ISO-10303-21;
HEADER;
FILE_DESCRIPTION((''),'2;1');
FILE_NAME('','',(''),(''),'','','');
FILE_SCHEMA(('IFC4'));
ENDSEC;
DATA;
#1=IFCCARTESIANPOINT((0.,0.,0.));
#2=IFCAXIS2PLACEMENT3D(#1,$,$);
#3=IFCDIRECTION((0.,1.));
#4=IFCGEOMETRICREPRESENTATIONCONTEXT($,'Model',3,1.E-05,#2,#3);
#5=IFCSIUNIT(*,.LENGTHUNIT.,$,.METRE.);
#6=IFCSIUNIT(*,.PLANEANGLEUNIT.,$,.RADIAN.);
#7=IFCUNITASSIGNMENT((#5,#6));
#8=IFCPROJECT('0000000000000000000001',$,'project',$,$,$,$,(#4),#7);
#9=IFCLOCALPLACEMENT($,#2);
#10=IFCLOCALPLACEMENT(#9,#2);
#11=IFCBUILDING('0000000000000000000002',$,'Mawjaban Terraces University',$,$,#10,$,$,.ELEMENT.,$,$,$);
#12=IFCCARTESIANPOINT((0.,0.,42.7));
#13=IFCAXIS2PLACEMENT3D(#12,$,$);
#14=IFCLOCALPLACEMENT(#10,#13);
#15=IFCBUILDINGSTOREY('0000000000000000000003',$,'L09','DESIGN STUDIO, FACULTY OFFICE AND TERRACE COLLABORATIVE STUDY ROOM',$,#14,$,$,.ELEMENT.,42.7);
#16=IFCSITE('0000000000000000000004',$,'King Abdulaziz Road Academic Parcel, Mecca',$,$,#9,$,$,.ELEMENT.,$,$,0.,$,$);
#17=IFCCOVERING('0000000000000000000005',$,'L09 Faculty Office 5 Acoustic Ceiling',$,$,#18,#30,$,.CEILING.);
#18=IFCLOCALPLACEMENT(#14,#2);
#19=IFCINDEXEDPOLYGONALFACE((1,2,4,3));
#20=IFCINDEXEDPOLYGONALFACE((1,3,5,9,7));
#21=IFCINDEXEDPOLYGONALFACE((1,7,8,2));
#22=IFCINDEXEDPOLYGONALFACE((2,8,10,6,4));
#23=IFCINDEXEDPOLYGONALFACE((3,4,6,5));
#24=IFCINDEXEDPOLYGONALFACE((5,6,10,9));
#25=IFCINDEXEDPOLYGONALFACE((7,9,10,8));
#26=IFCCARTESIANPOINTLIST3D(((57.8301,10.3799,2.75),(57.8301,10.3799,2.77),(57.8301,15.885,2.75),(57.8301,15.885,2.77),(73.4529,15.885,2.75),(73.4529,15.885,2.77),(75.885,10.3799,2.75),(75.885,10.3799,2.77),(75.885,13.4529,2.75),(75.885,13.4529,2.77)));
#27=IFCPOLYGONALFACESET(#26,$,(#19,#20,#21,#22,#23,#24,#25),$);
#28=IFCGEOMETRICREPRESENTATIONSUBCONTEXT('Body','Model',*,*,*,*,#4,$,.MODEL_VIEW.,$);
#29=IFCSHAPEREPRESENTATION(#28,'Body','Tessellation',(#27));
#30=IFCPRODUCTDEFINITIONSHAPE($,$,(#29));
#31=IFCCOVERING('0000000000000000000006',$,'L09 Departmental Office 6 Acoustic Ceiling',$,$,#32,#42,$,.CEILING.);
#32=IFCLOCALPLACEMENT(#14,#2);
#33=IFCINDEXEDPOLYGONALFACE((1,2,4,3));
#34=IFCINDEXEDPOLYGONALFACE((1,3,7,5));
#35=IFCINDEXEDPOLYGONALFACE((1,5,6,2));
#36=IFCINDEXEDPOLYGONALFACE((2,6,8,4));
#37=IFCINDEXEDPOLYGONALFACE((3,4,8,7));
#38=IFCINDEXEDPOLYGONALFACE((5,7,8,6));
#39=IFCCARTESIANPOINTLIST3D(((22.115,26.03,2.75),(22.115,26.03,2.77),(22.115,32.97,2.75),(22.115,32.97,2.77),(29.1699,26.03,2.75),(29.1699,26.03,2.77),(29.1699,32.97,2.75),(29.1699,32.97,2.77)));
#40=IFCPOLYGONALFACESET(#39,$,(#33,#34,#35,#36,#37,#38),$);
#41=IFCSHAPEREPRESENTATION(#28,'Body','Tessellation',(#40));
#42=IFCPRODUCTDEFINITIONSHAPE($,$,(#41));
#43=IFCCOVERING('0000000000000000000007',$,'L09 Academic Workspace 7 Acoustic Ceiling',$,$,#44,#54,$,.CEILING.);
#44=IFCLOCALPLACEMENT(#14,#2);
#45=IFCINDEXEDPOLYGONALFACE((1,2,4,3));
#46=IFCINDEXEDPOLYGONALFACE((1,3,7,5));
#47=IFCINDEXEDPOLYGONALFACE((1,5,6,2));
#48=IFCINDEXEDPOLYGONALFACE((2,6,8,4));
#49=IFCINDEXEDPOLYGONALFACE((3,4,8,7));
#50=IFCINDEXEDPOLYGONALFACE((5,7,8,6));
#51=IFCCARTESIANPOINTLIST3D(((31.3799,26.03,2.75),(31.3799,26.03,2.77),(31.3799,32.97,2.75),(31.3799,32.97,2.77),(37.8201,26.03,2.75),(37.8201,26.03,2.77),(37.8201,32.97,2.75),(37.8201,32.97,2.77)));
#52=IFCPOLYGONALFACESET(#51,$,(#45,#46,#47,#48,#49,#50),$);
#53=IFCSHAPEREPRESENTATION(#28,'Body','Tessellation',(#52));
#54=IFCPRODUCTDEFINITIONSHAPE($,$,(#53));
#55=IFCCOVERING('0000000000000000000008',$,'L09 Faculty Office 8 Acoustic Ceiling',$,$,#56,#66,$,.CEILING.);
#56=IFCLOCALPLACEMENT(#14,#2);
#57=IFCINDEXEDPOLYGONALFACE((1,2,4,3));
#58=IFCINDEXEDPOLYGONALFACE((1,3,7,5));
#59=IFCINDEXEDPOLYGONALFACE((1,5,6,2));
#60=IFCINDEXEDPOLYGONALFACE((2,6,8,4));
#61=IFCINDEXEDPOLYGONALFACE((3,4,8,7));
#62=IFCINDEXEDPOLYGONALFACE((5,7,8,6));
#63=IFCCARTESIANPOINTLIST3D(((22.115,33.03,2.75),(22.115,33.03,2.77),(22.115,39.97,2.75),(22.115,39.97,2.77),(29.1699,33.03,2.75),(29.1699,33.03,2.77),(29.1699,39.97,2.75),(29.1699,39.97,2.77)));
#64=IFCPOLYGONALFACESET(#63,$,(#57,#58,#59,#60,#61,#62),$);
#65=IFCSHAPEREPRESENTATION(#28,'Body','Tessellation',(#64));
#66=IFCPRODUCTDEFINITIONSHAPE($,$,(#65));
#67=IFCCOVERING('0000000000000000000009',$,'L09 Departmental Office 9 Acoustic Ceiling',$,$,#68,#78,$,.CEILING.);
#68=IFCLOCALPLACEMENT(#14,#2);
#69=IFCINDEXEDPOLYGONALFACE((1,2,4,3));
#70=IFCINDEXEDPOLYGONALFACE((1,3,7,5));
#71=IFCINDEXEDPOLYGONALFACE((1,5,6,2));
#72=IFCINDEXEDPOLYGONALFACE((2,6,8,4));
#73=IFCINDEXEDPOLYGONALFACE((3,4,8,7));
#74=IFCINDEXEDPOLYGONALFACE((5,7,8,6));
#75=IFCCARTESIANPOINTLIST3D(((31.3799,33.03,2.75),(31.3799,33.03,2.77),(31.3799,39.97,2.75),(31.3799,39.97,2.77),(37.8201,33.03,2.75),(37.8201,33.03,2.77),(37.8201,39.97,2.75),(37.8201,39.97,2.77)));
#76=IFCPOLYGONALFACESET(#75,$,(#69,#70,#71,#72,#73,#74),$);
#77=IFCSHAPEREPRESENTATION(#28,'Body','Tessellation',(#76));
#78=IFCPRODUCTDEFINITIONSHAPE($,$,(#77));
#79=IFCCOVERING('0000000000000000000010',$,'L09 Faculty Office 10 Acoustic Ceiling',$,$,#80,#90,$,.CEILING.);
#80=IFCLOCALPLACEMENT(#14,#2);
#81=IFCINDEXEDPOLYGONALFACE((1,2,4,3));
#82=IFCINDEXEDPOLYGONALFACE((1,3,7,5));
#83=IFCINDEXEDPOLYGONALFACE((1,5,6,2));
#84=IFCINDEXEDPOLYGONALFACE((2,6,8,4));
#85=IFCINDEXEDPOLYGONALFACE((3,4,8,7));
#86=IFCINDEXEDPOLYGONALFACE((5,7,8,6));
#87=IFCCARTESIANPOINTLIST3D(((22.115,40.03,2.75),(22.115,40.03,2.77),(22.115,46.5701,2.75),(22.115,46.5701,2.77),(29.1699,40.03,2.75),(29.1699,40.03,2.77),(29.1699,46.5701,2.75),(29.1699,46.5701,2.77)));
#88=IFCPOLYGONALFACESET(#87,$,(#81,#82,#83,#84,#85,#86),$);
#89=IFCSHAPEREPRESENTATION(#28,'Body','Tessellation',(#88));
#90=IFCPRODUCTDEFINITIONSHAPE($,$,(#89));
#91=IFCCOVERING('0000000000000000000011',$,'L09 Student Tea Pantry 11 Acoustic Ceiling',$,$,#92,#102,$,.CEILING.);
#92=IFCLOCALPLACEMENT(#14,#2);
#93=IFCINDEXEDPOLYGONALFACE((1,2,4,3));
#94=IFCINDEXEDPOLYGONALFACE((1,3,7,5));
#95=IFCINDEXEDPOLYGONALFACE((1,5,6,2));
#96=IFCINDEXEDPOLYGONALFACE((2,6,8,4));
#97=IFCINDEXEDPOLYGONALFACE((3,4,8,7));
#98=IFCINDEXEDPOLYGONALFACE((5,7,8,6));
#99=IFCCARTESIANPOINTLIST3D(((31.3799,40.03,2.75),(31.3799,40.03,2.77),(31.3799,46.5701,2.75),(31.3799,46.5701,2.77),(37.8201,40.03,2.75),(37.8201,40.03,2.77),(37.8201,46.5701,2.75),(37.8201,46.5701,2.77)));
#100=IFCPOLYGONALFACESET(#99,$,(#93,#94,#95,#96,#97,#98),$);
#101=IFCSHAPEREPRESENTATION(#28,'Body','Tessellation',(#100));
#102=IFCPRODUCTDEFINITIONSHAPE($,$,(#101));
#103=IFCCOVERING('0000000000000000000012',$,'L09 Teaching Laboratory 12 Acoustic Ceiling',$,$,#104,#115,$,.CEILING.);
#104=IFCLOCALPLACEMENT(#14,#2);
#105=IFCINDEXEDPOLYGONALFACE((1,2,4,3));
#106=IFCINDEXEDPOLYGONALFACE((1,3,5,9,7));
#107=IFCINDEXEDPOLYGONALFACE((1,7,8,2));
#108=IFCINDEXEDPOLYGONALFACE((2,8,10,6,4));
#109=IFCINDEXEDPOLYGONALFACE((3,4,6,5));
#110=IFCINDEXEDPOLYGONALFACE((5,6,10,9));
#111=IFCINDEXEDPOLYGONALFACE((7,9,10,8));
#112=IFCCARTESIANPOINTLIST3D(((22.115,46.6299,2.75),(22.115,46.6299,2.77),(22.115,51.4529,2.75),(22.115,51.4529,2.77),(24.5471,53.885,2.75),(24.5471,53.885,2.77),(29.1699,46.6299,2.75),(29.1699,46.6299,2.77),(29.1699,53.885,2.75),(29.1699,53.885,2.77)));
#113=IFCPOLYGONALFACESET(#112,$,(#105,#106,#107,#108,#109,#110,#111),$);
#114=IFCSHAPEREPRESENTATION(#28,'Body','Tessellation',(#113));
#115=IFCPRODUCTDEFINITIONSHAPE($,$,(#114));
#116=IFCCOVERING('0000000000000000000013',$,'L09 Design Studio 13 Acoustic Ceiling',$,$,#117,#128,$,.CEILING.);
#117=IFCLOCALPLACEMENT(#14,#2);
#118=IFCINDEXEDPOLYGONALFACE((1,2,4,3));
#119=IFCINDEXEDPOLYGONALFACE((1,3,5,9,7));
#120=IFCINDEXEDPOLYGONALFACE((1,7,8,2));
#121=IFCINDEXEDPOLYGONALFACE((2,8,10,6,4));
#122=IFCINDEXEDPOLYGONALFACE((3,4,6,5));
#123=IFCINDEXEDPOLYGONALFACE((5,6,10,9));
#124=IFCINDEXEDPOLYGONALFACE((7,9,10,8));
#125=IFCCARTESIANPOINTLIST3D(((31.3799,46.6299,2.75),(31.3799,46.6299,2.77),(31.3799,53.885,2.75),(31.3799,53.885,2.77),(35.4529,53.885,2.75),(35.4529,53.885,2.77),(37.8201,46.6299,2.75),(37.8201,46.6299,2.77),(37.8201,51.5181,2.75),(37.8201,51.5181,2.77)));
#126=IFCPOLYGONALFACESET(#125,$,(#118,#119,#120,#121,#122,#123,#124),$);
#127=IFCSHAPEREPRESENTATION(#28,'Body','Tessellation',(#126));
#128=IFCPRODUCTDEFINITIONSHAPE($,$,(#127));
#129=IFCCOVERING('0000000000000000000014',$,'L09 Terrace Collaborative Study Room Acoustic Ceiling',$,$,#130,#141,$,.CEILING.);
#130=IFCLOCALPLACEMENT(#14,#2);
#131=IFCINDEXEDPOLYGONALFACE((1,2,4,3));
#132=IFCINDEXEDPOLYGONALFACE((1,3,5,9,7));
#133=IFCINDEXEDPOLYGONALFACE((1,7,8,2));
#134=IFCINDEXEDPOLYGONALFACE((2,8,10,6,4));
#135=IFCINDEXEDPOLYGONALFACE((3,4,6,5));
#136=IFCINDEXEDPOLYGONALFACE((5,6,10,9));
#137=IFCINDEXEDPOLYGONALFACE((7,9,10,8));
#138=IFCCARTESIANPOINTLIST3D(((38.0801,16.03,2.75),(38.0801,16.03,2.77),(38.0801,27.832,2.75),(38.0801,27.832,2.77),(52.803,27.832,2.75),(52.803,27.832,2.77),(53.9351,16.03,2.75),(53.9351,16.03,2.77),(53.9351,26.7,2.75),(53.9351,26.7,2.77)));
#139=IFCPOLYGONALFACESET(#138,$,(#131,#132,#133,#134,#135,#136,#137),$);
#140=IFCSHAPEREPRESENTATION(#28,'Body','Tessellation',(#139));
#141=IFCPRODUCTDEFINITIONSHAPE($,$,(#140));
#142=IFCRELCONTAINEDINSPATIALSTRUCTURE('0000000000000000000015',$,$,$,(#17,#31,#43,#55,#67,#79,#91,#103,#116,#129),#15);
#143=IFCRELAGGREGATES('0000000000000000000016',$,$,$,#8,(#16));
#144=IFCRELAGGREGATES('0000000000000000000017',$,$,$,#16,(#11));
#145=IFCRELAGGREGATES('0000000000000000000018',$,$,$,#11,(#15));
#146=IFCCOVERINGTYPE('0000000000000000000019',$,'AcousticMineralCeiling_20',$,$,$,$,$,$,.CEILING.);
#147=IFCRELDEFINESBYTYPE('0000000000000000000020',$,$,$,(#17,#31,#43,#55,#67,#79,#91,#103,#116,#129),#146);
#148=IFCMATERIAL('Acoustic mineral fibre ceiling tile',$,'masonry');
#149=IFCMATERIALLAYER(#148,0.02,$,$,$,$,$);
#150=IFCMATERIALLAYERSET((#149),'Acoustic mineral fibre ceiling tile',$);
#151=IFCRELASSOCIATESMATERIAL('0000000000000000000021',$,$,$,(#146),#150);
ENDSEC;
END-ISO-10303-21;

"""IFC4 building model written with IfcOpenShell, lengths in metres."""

from ifc_helpers import new_model, si_unit, direction, frame, origin, place, context, subcontext, project, spatial, polyline, outline, extrude, material, layer, layer_set, type_object, element, save


model = new_model("IFC4")

# Units and contexts
model_context = context("Model", 3, precision=1e-05, world=origin(), true_north=direction((0.0, 1.0)))
body_context = subcontext(model_context, "Body", "Model", "MODEL_VIEW")
ifc_project = project(units=[si_unit("LENGTHUNIT", "METRE"), si_unit("PLANEANGLEUNIT", "RADIAN")], contexts=[model_context])

# Site, building, storey
site_placement = place(None, origin())
site = spatial("IfcSite", under=ifc_project, at=site_placement, Name="King Abdulaziz Road Academic Parcel, Mecca", CompositionType="ELEMENT", RefElevation=0.0)
building_placement = place(site_placement, origin())
building = spatial("IfcBuilding", under=site, at=building_placement, Name="Mawjaban Terraces University", CompositionType="ELEMENT")
storey_placement = place(building_placement, frame((0.0, 0.0, 42.7)))
storey = spatial("IfcBuildingStorey", under=building, at=storey_placement, Name="L09", Description="DESIGN STUDIO, FACULTY OFFICE AND TERRACE COLLABORATIVE STUDY ROOM", CompositionType="ELEMENT", Elevation=42.7)

# Coverings
ifc_material_1 = material(Name="Acoustic mineral fibre ceiling tile", Category="masonry")
ifc_layer_1 = layer(ifc_material_1, 0.02)
ifc_layer_set_1 = layer_set([ifc_layer_1], Name="Acoustic mineral fibre ceiling tile")
covering_type = type_object("IfcCoveringType", Name="AcousticMineralCeiling_20", PredefinedType="CEILING", material=ifc_layer_set_1)
covering_1_placement = place(storey_placement, frame((0.0, 0.0, 2.75)))
element("IfcCovering", 1, at=covering_1_placement, inside=storey, type_object=covering_type, Name="L09 Faculty Office 5 Acoustic Ceiling", PredefinedType="CEILING", context=body_context, shape_type="SweptSolid", body=[
    extrude(outline(polyline([(75.885, 10.3799), (75.885, 13.4529), (73.4529, 15.885), (57.8301, 15.885), (57.8301, 10.3799), (75.885, 10.3799)])), origin(), (0.0, 0.0, 1.0), 0.02),
])
covering_2_placement = place(storey_placement, frame((0.0, 0.0, 2.75)))
element("IfcCovering", 2, at=covering_2_placement, inside=storey, type_object=covering_type, Name="L09 Departmental Office 6 Acoustic Ceiling", PredefinedType="CEILING", context=body_context, shape_type="SweptSolid", body=[
    extrude(outline(polyline([(22.115, 32.97), (22.115, 26.03), (29.1699, 26.03), (29.1699, 32.97), (22.115, 32.97)])), origin(), (0.0, 0.0, 1.0), 0.02),
])
covering_3_placement = place(storey_placement, frame((0.0, 0.0, 2.75)))
element("IfcCovering", 3, at=covering_3_placement, inside=storey, type_object=covering_type, Name="L09 Academic Workspace 7 Acoustic Ceiling", PredefinedType="CEILING", context=body_context, shape_type="SweptSolid", body=[
    extrude(outline(polyline([(37.8201, 26.03), (37.8201, 32.97), (31.3799, 32.97), (31.3799, 26.03), (37.8201, 26.03)])), origin(), (0.0, 0.0, 1.0), 0.02),
])
covering_4_placement = place(storey_placement, frame((0.0, 0.0, 2.75)))
element("IfcCovering", 4, at=covering_4_placement, inside=storey, type_object=covering_type, Name="L09 Faculty Office 8 Acoustic Ceiling", PredefinedType="CEILING", context=body_context, shape_type="SweptSolid", body=[
    extrude(outline(polyline([(22.115, 39.97), (22.115, 33.03), (29.1699, 33.03), (29.1699, 39.97), (22.115, 39.97)])), origin(), (0.0, 0.0, 1.0), 0.02),
])
covering_5_placement = place(storey_placement, frame((0.0, 0.0, 2.75)))
element("IfcCovering", 5, at=covering_5_placement, inside=storey, type_object=covering_type, Name="L09 Departmental Office 9 Acoustic Ceiling", PredefinedType="CEILING", context=body_context, shape_type="SweptSolid", body=[
    extrude(outline(polyline([(37.8201, 33.03), (37.8201, 39.97), (31.3799, 39.97), (31.3799, 33.03), (37.8201, 33.03)])), origin(), (0.0, 0.0, 1.0), 0.02),
])
covering_6_placement = place(storey_placement, frame((0.0, 0.0, 2.75)))
element("IfcCovering", 6, at=covering_6_placement, inside=storey, type_object=covering_type, Name="L09 Faculty Office 10 Acoustic Ceiling", PredefinedType="CEILING", context=body_context, shape_type="SweptSolid", body=[
    extrude(outline(polyline([(22.115, 46.5701), (22.115, 40.03), (29.1699, 40.03), (29.1699, 46.5701), (22.115, 46.5701)])), origin(), (0.0, 0.0, 1.0), 0.02),
])
covering_7_placement = place(storey_placement, frame((0.0, 0.0, 2.75)))
element("IfcCovering", 7, at=covering_7_placement, inside=storey, type_object=covering_type, Name="L09 Student Tea Pantry 11 Acoustic Ceiling", PredefinedType="CEILING", context=body_context, shape_type="SweptSolid", body=[
    extrude(outline(polyline([(37.8201, 40.03), (37.8201, 46.5701), (31.3799, 46.5701), (31.3799, 40.03), (37.8201, 40.03)])), origin(), (0.0, 0.0, 1.0), 0.02),
])
covering_8_placement = place(storey_placement, frame((0.0, 0.0, 2.75)))
element("IfcCovering", 8, at=covering_8_placement, inside=storey, type_object=covering_type, Name="L09 Teaching Laboratory 12 Acoustic Ceiling", PredefinedType="CEILING", context=body_context, shape_type="SweptSolid", body=[
    extrude(outline(polyline([(29.1699, 53.885), (24.5471, 53.885), (22.115, 51.4529), (22.115, 46.6299), (29.1699, 46.6299), (29.1699, 53.885)])), origin(), (0.0, 0.0, 1.0), 0.02),
])
covering_9_placement = place(storey_placement, frame((0.0, 0.0, 2.75)))
element("IfcCovering", 9, at=covering_9_placement, inside=storey, type_object=covering_type, Name="L09 Design Studio 13 Acoustic Ceiling", PredefinedType="CEILING", context=body_context, shape_type="SweptSolid", body=[
    extrude(outline(polyline([(37.8201, 51.5181), (35.4529, 53.885), (31.3799, 53.885), (31.3799, 46.6299), (37.8201, 46.6299), (37.8201, 51.5181)])), origin(), (0.0, 0.0, 1.0), 0.02),
])
covering_10_placement = place(storey_placement, frame((0.0, 0.0, 2.75)))
element("IfcCovering", 10, at=covering_10_placement, inside=storey, type_object=covering_type, Name="L09 Terrace Collaborative Study Room Acoustic Ceiling", PredefinedType="CEILING", context=body_context, shape_type="SweptSolid", body=[
    extrude(outline(polyline([(53.9351, 16.03), (53.9351, 26.7), (52.803, 27.832), (38.0801, 27.832), (38.0801, 16.03), (53.9351, 16.03)])), origin(), (0.0, 0.0, 1.0), 0.02),
])

save(model, "model.ifc")
